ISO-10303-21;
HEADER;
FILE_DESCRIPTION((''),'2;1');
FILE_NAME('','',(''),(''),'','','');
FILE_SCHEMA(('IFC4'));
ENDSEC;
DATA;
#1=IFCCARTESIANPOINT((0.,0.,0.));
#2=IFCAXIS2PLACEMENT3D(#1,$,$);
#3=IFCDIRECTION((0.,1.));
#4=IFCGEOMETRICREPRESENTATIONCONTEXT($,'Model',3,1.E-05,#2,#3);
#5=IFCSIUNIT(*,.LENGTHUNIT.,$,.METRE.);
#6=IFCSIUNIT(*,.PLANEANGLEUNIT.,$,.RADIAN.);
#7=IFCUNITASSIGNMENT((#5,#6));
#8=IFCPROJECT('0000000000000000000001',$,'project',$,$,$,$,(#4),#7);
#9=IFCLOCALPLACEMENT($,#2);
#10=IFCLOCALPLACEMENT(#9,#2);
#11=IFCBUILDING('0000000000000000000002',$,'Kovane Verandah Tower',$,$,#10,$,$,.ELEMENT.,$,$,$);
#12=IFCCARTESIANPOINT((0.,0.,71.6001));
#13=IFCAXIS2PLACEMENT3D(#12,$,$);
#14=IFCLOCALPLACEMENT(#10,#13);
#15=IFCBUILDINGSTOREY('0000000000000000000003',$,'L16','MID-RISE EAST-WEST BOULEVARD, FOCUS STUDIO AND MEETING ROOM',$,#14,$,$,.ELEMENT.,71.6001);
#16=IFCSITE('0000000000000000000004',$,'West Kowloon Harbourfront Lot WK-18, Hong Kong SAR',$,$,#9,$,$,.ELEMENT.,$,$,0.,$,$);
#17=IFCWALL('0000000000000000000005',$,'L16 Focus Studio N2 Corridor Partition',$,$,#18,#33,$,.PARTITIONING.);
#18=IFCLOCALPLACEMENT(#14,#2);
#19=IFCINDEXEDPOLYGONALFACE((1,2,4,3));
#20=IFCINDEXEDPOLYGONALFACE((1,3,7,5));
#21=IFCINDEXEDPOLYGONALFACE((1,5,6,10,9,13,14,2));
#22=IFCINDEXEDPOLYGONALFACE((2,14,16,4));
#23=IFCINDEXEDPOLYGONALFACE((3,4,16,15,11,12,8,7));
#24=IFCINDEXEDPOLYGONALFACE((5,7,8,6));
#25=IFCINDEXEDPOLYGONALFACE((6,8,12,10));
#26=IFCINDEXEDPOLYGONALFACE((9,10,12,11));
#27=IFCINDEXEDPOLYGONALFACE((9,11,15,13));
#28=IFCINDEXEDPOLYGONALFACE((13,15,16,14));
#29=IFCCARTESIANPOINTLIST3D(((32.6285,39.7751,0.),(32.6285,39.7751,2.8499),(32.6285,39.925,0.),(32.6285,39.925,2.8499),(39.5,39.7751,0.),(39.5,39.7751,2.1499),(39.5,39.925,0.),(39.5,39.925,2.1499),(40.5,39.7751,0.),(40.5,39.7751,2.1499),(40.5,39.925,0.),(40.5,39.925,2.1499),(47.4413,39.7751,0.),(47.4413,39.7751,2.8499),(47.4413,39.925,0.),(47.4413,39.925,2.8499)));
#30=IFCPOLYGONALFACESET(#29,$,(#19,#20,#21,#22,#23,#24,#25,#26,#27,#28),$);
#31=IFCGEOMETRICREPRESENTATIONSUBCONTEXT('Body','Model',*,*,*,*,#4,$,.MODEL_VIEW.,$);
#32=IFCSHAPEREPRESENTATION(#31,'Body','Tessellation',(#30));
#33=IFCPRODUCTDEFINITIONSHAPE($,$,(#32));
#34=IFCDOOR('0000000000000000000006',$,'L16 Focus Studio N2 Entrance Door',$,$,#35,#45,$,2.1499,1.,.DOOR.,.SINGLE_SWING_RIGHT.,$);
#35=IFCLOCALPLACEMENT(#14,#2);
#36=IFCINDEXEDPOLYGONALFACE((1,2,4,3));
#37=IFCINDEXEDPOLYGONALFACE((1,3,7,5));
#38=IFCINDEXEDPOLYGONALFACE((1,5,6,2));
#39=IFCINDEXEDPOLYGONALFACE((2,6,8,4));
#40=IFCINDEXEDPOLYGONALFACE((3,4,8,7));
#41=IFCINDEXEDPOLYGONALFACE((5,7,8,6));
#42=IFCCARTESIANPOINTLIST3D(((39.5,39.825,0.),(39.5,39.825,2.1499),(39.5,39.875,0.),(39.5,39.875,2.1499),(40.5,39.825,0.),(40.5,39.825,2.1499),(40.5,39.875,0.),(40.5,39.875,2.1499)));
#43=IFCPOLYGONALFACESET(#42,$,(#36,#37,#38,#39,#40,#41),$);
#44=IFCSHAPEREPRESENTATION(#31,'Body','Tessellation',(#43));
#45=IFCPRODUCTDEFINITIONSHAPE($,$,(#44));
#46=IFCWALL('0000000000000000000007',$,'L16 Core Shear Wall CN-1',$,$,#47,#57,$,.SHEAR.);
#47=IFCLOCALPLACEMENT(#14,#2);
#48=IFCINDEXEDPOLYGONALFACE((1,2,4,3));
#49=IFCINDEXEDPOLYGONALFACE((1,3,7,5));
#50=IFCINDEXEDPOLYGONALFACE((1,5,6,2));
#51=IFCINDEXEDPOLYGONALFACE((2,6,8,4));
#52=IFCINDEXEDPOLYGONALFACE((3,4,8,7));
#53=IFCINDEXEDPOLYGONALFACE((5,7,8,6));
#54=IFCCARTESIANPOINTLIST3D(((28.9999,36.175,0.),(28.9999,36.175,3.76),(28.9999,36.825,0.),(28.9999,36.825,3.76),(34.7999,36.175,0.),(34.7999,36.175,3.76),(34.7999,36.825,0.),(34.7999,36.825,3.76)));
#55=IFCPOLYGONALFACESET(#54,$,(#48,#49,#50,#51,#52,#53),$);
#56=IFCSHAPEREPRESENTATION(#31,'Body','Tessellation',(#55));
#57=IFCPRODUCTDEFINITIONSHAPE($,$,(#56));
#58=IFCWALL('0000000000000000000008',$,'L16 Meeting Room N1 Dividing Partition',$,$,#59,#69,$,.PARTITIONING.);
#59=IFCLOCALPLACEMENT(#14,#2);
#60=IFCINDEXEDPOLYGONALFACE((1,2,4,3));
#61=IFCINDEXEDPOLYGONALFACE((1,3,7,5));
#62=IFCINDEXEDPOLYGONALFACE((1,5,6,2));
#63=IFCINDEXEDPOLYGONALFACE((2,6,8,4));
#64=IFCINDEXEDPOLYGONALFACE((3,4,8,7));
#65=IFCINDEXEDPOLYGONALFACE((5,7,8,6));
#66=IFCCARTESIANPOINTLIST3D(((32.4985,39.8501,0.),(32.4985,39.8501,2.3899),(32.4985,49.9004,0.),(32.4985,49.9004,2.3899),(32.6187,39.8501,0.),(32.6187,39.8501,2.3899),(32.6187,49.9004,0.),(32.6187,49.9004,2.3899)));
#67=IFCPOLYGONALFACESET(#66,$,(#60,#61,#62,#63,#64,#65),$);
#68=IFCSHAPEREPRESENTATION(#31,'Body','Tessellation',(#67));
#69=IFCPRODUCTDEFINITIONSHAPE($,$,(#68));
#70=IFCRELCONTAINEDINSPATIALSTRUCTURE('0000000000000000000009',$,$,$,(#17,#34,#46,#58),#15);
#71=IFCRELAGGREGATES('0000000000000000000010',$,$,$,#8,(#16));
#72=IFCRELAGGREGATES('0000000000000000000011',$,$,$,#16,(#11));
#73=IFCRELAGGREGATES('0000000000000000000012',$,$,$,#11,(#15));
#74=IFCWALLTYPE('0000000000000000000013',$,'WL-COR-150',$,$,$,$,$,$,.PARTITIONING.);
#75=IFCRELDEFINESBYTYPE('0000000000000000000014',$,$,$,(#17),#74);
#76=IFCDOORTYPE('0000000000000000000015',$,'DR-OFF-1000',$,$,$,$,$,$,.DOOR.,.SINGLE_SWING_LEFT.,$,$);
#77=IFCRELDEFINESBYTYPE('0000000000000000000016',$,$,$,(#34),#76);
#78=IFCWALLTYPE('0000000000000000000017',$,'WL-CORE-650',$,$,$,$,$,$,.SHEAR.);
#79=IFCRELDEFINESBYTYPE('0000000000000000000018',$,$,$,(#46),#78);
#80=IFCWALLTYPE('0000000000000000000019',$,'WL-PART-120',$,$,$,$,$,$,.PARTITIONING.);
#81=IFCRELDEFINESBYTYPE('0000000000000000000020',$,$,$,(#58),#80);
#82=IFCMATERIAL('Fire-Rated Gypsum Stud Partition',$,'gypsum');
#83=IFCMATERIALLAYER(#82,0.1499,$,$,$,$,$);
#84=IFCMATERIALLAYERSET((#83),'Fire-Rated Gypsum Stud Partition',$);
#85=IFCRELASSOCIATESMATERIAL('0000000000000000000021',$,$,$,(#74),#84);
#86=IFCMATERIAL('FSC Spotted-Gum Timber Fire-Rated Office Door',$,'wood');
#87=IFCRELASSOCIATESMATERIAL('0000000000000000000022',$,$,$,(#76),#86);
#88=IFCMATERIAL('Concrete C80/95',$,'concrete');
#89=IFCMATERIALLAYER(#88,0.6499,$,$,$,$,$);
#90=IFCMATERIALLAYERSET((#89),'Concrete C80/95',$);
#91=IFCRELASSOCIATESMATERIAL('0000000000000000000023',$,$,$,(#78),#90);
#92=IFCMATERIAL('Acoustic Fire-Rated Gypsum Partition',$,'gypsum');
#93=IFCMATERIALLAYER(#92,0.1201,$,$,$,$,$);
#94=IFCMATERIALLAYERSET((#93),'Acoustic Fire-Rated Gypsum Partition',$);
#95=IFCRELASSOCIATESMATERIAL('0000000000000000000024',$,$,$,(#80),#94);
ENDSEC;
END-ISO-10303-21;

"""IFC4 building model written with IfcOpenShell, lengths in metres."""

from ifc_helpers import new_model, si_unit, direction, frame, frame_2d, origin, place, context, subcontext, project, spatial, rectangle, extrude, material, layer, layer_set, type_object, element, fill, save


model = new_model("IFC4")

# Units and contexts
model_context = context("Model", 3, precision=1e-05, world=origin(), true_north=direction((0.0, 1.0)))
body_context = subcontext(model_context, "Body", "Model", "MODEL_VIEW")
ifc_project = project(units=[si_unit("LENGTHUNIT", "METRE"), si_unit("PLANEANGLEUNIT", "RADIAN")], contexts=[model_context])

# Site, building, storey
site_placement = place(None, origin())
site = spatial("IfcSite", under=ifc_project, at=site_placement, Name="West Kowloon Harbourfront Lot WK-18, Hong Kong SAR", CompositionType="ELEMENT", RefElevation=0.0)
building_placement = place(site_placement, origin())
building = spatial("IfcBuilding", under=site, at=building_placement, Name="Kovane Verandah Tower", CompositionType="ELEMENT")
storey_placement = place(building_placement, frame((0.0, 0.0, 71.6001)))
storey = spatial("IfcBuildingStorey", under=building, at=storey_placement, Name="L16", Description="MID-RISE EAST-WEST BOULEVARD, FOCUS STUDIO AND MEETING ROOM", CompositionType="ELEMENT", Elevation=71.6001)

# Shared definitions
ifc_material_1 = material(Name="Concrete C80/95", Category="concrete")

# Wall, opening, door
ifc_material_2 = material(Name="Fire-Rated Gypsum Stud Partition", Category="gypsum")
ifc_layer_1 = layer(ifc_material_2, 0.1499)
ifc_layer_set_1 = layer_set([ifc_layer_1], Name="Fire-Rated Gypsum Stud Partition")
wall_type_1 = type_object("IfcWallType", Name="WL-COR-150", PredefinedType="PARTITIONING", material=ifc_layer_set_1)
wall_1_placement = place(storey_placement, frame((32.6287, 39.8501, 0.0), z_axis=(0.0, 0.0, 1.0), x_axis=(1.0, 0.0, 0.0)))
wall_1 = element("IfcWall", 1, at=wall_1_placement, inside=storey, type_object=wall_type_1, Name="L16 Focus Studio N2 Corridor Partition", PredefinedType="PARTITIONING", context=body_context, shape_type="SweptSolid", body=[
    extrude(rectangle(XDim=14.8127, YDim=0.1499, at=frame_2d((7.4062, 0.0))), origin(), (0.0, 0.0, 1.0), 2.8499),
])
opening_placement = place(wall_1_placement, frame((6.8713, 0.0, 0.0)))
opening = element("IfcOpeningElement", 2, at=opening_placement, cuts=wall_1, PredefinedType="OPENING", context=body_context, shape_type="SweptSolid", body=[
    extrude(rectangle(XDim=1.0, YDim=2.1499, at=frame_2d((0.5, 1.075))), frame((0.0, 0.075, 0.0), z_axis=(0.0, -1.0, 0.0), x_axis=(1.0, 0.0, 0.0)), (0.0, 0.0, 1.0), 0.1499),
])
ifc_material_3 = material(Name="FSC Spotted-Gum Timber Fire-Rated Office Door", Category="wood")
door_type = type_object("IfcDoorType", Name="DR-OFF-1000", OperationType="SINGLE_SWING_LEFT", PredefinedType="DOOR", material=ifc_material_3)
door_placement = place(opening_placement, origin())
door = element("IfcDoor", 3, at=door_placement, inside=storey, type_object=door_type, Name="L16 Focus Studio N2 Entrance Door", OperationType="SINGLE_SWING_RIGHT", OverallHeight=2.1499, OverallWidth=1.0, PredefinedType="DOOR", context=body_context, shape_type="SweptSolid", body=[
    extrude(rectangle(XDim=1.0, YDim=2.1499, at=frame_2d((0.5, 1.075))), frame((0.0, 0.0249, 0.0), z_axis=(0.0, -1.0, 0.0), x_axis=(1.0, 0.0, 0.0)), (0.0, 0.0, 1.0), 0.05),
])
fill(opening, door)

# Walls
ifc_layer_2 = layer(ifc_material_1, 0.6499)
ifc_layer_set_2 = layer_set([ifc_layer_2], Name="Concrete C80/95")
wall_type_2 = type_object("IfcWallType", Name="WL-CORE-650", PredefinedType="SHEAR", material=ifc_layer_set_2)
wall_2_placement = place(storey_placement, frame((29.0, 36.5, 0.0), z_axis=(0.0, 0.0, 1.0), x_axis=(1.0, 0.0, 0.0)))
element("IfcWall", 4, at=wall_2_placement, inside=storey, type_object=wall_type_2, Name="L16 Core Shear Wall CN-1", PredefinedType="SHEAR", context=body_context, shape_type="SweptSolid", body=[
    extrude(rectangle(XDim=5.8, YDim=0.6499, at=frame_2d((2.8999, 0.0))), origin(), (0.0, 0.0, 1.0), 3.76),
])
ifc_material_4 = material(Name="Acoustic Fire-Rated Gypsum Partition", Category="gypsum")
ifc_layer_3 = layer(ifc_material_4, 0.1201)
ifc_layer_set_3 = layer_set([ifc_layer_3], Name="Acoustic Fire-Rated Gypsum Partition")
wall_type_3 = type_object("IfcWallType", Name="WL-PART-120", PredefinedType="PARTITIONING", material=ifc_layer_set_3)
wall_3_placement = place(storey_placement, frame((32.5586, 39.8501, 0.0), z_axis=(0.0, 0.0, 1.0), x_axis=(0.0, 1.0, 0.0)))
element("IfcWall", 5, at=wall_3_placement, inside=storey, type_object=wall_type_3, Name="L16 Meeting Room N1 Dividing Partition", PredefinedType="PARTITIONING", context=body_context, shape_type="SweptSolid", body=[
    extrude(rectangle(XDim=10.0503, YDim=0.1201, at=frame_2d((5.0251, 0.0))), origin(), (0.0, 0.0, 1.0), 2.3899),
])

save(model, "model.ifc")
